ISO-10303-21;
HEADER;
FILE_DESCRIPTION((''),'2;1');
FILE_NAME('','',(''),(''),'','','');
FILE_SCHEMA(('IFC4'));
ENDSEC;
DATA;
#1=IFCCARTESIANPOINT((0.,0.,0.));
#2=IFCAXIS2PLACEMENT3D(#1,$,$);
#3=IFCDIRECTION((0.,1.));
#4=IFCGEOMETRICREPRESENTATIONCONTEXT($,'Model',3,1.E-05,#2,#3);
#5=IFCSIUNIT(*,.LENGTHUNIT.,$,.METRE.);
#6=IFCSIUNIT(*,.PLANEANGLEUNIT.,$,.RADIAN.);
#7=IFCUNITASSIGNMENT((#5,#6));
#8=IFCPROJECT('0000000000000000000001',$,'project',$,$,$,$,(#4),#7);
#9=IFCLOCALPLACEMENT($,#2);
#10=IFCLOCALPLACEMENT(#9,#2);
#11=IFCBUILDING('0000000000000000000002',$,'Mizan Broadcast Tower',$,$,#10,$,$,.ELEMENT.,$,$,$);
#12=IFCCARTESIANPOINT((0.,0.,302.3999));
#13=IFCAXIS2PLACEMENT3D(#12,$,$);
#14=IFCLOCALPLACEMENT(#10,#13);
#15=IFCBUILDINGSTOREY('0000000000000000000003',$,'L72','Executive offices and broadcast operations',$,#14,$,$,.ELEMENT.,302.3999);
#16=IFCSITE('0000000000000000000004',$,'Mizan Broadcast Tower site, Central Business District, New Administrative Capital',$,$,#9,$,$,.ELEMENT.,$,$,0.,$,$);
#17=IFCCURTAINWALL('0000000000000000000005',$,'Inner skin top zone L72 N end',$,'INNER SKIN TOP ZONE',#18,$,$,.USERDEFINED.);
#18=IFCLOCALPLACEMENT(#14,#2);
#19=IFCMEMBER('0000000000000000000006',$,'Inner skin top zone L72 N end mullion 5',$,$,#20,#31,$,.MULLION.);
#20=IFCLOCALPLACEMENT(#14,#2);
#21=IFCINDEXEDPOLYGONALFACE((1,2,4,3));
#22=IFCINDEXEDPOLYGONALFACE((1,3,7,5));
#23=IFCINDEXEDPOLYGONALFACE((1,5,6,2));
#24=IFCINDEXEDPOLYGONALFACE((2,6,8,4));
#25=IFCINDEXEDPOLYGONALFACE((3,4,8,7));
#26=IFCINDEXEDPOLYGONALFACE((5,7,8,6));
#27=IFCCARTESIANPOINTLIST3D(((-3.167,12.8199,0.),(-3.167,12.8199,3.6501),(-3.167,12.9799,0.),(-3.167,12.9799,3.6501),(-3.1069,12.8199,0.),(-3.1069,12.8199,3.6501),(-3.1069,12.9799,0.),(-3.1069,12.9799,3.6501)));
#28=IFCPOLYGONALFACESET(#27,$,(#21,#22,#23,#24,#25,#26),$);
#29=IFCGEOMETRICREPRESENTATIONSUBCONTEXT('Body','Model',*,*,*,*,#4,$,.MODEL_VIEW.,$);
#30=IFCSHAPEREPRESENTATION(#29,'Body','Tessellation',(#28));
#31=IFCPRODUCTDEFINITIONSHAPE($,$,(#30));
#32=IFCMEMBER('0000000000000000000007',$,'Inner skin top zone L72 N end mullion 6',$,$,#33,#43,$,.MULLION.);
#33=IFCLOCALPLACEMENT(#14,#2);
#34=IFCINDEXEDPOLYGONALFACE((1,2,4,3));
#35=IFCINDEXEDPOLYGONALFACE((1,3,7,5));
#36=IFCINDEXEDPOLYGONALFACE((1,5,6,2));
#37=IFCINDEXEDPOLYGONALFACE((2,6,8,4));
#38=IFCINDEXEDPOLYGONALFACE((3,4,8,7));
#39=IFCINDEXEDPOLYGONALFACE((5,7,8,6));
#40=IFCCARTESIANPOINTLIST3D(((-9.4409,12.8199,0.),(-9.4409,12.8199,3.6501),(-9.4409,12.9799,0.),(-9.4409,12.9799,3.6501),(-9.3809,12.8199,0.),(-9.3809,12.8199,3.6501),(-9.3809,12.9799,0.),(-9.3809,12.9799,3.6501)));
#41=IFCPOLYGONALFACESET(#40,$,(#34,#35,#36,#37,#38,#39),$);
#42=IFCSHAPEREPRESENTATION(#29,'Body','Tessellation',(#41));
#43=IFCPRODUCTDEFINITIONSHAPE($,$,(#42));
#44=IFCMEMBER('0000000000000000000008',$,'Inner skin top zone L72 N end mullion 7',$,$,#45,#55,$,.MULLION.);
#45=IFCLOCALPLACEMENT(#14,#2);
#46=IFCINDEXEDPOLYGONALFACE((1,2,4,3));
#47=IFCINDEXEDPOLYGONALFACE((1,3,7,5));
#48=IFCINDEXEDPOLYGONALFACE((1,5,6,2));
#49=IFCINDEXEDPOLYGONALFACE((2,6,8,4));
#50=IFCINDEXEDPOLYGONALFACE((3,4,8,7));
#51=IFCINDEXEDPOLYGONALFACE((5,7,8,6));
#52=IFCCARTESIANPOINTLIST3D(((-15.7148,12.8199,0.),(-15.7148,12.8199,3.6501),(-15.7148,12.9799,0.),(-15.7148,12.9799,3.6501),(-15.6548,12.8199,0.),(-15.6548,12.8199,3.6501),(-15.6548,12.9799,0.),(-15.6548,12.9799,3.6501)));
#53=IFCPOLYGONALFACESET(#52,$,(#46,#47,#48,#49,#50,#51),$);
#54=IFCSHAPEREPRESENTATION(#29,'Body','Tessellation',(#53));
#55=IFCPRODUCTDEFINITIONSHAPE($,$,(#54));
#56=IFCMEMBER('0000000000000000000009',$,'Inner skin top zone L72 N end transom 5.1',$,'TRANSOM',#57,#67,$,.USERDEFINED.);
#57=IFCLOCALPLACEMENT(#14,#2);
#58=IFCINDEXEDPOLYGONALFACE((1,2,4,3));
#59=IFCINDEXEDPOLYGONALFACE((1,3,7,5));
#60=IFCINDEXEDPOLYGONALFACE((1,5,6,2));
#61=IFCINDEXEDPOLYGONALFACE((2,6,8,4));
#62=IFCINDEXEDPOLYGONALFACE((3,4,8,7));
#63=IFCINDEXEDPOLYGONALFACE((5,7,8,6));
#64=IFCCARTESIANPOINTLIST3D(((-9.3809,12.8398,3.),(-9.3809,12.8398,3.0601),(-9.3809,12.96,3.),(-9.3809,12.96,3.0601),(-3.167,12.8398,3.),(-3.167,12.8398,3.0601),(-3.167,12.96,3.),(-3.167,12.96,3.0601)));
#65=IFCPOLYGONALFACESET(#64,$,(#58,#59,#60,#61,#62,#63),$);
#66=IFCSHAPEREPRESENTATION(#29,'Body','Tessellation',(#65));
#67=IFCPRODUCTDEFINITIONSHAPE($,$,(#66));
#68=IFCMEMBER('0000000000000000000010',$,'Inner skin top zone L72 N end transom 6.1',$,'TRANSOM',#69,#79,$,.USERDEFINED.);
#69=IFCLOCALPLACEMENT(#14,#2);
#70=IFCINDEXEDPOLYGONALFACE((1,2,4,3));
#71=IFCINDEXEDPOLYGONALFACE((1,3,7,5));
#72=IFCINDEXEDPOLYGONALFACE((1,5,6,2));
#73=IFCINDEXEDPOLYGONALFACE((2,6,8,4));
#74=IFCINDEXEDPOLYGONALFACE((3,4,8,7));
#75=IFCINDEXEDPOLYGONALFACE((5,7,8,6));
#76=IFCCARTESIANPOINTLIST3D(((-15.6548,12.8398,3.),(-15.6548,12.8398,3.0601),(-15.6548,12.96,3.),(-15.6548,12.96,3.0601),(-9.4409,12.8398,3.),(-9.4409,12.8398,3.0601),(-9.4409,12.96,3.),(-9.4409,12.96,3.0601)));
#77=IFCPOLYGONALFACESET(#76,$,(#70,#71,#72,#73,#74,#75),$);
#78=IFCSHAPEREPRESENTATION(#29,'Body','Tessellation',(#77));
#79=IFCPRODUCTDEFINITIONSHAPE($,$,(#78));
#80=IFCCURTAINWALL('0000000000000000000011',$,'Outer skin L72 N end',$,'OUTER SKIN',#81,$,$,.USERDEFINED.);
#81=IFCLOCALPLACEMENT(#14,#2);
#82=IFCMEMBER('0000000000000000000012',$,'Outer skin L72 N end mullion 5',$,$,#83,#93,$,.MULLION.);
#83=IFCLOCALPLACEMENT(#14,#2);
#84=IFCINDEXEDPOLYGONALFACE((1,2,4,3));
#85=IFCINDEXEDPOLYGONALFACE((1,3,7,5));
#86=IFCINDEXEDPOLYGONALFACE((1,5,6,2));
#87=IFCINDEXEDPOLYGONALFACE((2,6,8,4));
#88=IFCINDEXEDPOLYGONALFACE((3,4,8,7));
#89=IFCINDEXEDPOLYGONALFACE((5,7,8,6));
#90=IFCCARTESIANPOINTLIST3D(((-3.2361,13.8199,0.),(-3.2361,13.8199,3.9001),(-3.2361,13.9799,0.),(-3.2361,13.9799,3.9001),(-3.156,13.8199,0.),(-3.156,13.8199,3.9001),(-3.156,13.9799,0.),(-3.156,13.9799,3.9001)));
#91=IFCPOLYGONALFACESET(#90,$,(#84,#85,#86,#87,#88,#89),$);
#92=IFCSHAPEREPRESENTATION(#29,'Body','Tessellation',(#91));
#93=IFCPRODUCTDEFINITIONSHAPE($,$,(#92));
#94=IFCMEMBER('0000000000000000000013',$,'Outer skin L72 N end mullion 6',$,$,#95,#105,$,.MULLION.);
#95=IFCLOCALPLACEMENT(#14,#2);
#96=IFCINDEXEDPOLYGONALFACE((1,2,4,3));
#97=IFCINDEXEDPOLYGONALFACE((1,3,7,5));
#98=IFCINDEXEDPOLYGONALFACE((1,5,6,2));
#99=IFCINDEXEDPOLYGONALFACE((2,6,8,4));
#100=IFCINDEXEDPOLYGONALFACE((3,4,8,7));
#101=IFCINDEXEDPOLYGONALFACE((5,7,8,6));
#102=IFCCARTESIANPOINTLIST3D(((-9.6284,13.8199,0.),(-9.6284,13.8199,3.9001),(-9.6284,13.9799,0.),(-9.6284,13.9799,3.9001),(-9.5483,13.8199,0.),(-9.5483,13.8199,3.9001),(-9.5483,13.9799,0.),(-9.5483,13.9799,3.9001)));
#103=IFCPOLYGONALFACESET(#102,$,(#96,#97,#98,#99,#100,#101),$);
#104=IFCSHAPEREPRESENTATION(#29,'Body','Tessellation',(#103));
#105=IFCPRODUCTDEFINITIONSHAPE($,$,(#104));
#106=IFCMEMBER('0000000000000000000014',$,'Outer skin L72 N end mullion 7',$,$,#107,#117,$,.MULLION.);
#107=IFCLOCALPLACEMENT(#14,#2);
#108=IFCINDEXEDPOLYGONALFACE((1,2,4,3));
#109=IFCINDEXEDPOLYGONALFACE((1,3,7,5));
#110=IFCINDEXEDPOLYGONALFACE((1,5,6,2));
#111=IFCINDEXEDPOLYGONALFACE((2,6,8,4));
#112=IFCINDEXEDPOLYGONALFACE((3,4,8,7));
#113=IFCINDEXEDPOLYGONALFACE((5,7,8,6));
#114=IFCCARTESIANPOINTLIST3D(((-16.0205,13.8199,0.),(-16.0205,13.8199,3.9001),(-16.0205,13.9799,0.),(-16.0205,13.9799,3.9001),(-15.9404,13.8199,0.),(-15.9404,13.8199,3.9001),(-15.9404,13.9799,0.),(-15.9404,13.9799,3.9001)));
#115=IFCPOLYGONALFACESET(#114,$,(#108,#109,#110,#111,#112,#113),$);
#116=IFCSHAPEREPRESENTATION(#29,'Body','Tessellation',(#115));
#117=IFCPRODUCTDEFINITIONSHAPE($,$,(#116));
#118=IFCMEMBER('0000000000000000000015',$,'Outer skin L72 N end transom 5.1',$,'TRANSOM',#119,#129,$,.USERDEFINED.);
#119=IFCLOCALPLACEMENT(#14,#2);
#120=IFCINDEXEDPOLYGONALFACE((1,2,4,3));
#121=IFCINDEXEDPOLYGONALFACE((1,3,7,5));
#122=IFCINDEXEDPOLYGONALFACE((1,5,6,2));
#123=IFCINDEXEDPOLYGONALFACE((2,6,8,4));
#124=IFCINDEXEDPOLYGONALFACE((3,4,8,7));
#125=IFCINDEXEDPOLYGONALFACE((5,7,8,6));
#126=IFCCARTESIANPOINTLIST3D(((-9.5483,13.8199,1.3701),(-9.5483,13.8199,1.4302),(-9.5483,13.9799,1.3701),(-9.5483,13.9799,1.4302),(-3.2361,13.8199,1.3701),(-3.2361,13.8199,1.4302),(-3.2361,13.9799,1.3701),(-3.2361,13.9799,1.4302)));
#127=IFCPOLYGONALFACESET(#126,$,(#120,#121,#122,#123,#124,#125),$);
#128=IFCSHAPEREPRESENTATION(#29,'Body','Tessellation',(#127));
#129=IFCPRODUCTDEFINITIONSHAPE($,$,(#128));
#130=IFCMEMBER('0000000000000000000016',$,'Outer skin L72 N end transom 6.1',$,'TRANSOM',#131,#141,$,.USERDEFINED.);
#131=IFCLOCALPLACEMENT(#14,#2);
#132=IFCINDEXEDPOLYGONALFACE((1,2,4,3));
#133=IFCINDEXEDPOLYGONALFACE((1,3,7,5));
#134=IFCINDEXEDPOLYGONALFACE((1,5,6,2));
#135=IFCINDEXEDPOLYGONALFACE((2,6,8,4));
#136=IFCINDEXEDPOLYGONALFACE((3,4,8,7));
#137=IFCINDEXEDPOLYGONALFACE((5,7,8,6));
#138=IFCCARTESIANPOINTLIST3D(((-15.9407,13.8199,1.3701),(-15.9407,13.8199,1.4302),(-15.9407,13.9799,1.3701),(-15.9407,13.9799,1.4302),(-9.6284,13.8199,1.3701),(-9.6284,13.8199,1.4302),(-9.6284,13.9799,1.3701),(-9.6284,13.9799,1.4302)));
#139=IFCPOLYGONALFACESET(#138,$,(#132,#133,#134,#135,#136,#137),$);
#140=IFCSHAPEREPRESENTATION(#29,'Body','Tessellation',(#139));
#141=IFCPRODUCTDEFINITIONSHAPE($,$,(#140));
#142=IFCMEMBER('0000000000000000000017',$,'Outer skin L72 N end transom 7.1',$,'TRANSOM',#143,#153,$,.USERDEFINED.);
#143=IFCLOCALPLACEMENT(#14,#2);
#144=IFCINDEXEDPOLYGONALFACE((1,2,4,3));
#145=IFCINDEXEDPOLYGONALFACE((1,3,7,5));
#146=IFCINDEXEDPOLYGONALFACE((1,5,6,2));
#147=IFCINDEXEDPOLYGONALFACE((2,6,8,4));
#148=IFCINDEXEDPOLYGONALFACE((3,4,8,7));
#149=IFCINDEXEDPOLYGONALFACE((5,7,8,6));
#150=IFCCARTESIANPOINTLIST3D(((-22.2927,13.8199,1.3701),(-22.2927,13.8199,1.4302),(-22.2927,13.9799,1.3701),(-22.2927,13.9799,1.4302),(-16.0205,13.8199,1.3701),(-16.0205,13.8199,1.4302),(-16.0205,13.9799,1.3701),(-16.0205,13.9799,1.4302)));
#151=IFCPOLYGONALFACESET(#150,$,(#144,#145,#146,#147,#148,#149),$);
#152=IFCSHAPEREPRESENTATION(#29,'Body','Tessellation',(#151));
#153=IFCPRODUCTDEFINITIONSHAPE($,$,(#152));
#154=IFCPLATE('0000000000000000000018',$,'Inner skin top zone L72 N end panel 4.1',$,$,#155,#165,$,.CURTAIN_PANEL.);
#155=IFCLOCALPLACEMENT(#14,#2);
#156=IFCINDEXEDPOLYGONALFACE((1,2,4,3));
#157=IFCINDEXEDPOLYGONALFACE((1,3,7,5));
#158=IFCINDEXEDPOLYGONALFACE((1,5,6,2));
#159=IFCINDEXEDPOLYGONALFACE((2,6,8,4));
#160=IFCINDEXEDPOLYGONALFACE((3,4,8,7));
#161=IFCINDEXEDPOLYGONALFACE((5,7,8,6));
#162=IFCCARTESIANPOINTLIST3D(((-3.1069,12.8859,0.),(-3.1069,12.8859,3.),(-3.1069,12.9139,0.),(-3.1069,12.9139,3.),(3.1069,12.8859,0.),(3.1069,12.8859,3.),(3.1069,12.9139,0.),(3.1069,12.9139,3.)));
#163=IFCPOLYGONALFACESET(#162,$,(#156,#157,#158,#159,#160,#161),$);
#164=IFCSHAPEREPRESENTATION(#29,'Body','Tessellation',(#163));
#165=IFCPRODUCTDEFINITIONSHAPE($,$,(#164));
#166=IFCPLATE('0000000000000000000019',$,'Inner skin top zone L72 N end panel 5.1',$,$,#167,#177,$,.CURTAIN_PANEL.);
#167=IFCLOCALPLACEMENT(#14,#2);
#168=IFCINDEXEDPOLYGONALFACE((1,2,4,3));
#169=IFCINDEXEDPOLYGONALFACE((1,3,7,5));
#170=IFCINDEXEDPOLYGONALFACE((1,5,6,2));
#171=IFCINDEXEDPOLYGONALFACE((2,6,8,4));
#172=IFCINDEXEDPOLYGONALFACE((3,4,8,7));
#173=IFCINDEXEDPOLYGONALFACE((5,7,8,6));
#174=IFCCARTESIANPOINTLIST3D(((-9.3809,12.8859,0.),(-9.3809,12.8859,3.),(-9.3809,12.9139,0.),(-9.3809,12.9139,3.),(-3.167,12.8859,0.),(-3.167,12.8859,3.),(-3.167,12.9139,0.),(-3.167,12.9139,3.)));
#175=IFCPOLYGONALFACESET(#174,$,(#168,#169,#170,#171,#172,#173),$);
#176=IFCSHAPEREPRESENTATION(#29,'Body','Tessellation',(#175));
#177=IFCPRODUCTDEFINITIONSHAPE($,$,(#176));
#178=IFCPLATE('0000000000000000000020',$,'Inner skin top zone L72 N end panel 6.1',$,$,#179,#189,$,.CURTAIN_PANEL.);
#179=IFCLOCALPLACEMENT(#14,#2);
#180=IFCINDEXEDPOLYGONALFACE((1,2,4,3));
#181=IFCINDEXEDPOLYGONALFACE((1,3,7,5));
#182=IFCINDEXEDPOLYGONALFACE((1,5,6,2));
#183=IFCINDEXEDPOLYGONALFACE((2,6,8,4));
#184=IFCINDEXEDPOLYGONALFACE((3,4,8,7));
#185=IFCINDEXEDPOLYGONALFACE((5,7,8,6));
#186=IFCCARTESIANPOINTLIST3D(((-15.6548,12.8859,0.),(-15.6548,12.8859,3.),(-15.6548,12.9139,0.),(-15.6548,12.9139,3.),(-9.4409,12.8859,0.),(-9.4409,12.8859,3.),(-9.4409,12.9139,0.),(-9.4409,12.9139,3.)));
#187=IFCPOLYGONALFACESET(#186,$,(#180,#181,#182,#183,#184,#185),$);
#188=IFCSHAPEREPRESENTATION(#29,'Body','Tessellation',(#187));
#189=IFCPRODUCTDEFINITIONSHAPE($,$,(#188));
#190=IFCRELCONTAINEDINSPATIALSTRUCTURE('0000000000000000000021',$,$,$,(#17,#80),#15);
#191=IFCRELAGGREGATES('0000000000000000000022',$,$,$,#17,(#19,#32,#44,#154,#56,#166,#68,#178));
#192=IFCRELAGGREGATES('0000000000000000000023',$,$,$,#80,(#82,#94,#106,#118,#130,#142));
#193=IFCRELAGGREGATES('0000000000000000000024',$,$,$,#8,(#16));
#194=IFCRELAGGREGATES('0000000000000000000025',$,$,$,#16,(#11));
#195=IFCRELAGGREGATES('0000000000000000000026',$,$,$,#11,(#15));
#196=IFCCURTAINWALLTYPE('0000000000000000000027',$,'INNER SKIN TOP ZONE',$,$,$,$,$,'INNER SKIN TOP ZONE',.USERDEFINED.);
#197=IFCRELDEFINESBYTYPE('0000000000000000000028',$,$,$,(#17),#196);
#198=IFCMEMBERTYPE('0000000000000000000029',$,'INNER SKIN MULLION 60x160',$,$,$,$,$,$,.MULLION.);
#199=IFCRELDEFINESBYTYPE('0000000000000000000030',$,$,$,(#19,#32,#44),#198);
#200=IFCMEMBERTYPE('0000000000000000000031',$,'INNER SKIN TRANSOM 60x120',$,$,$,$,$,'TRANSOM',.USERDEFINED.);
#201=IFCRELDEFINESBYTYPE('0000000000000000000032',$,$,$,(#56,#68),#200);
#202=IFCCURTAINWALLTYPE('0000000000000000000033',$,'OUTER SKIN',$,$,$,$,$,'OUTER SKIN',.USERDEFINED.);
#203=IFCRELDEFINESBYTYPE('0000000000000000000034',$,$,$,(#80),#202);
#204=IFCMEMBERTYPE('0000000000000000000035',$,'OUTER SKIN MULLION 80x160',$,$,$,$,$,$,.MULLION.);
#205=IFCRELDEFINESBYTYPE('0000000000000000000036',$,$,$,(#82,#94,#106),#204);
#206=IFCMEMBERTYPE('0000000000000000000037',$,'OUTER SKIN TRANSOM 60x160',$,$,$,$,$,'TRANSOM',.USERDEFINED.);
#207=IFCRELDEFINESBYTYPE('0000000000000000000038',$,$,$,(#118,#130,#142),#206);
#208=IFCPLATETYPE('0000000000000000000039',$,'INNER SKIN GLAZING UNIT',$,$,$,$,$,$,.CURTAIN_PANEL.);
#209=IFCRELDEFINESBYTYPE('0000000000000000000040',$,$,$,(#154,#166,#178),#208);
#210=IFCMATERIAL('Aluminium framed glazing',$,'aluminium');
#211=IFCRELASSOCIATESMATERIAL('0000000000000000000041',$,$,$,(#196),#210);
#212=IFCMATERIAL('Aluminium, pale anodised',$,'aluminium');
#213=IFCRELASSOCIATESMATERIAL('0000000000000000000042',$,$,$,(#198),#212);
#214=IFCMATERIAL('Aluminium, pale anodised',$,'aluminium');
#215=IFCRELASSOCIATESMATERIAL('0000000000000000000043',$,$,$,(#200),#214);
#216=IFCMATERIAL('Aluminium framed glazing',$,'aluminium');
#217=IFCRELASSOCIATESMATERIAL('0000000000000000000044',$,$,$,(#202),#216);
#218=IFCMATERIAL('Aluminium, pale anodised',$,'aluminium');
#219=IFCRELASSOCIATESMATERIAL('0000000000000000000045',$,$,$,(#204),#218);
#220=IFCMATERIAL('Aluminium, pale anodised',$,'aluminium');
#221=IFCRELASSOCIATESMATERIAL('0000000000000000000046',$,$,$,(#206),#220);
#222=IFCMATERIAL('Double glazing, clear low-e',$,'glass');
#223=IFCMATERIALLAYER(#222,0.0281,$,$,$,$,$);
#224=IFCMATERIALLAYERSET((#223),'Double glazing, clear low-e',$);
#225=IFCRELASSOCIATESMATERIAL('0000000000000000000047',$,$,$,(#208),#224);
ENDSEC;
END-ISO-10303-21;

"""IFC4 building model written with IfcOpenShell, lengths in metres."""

from ifc_helpers import new_model, si_unit, direction, frame, origin, origin_2d, place, context, subcontext, project, spatial, rectangle, extrude, material, layer, layer_set, material_profile, profile_set, type_object, element, aggregate, save


model = new_model("IFC4")

# Units and contexts
model_context = context("Model", 3, precision=1e-05, world=origin(), true_north=direction((0.0, 1.0)))
body_context = subcontext(model_context, "Body", "Model", "MODEL_VIEW")
ifc_project = project(units=[si_unit("LENGTHUNIT", "METRE"), si_unit("PLANEANGLEUNIT", "RADIAN")], contexts=[model_context])

# Site, building, storey
site_placement = place(None, origin())
site = spatial("IfcSite", under=ifc_project, at=site_placement, Name="Mizan Broadcast Tower site, Central Business District, New Administrative Capital", CompositionType="ELEMENT", RefElevation=0.0)
building_placement = place(site_placement, origin())
building = spatial("IfcBuilding", under=site, at=building_placement, Name="Mizan Broadcast Tower", CompositionType="ELEMENT")
storey_placement = place(building_placement, frame((0.0, 0.0, 302.3999)))
storey = spatial("IfcBuildingStorey", under=building, at=storey_placement, Name="L72", Description="Executive offices and broadcast operations", CompositionType="ELEMENT", Elevation=302.3999)

# Curtain walls, members
ifc_material_1 = material(Name="Aluminium framed glazing", Category="aluminium")
curtain_wall_type_1 = type_object("IfcCurtainWallType", Name="INNER SKIN TOP ZONE", ElementType="INNER SKIN TOP ZONE", PredefinedType="USERDEFINED", material=ifc_material_1)
curtain_wall_1_placement = place(storey_placement, origin())
curtain_wall_1 = element("IfcCurtainWall", 1, at=curtain_wall_1_placement, inside=storey, type_object=curtain_wall_type_1, Name="Inner skin top zone L72 N end", ObjectType="INNER SKIN TOP ZONE", PredefinedType="USERDEFINED")
ifc_material_2 = material(Name="Aluminium, pale anodised", Category="aluminium")
ifc_material_profile_1 = material_profile(ifc_material_2, rectangle(XDim=0.1599, YDim=0.0601, at=origin_2d()), Name="MULLION 160x60")
ifc_profile_set_1 = profile_set([ifc_material_profile_1], Name="Aluminium, pale anodised")
member_type_1 = type_object("IfcMemberType", Name="INNER SKIN MULLION 60x160", PredefinedType="MULLION", material=ifc_profile_set_1)
member_1_placement = place(storey_placement, frame((-3.137, 12.8999, 0.0), z_axis=(0.0, 0.0, 1.0), x_axis=(0.0, -1.0, 0.0)))
member_1 = element("IfcMember", 2, at=member_1_placement, type_object=member_type_1, Name="Inner skin top zone L72 N end mullion 5", PredefinedType="MULLION", context=body_context, shape_type="SweptSolid", body=[
    extrude(rectangle(XDim=0.1599, YDim=0.0601, at=origin_2d()), origin(), (0.0, 0.0, 1.0), 3.6501),
])
member_2_placement = place(storey_placement, frame((-9.4109, 12.8999, 0.0), z_axis=(0.0, 0.0, 1.0), x_axis=(0.0, -1.0, 0.0)))
member_2 = element("IfcMember", 3, at=member_2_placement, type_object=member_type_1, Name="Inner skin top zone L72 N end mullion 6", PredefinedType="MULLION", context=body_context, shape_type="SweptSolid", body=[
    extrude(rectangle(XDim=0.1599, YDim=0.0601, at=origin_2d()), origin(), (0.0, 0.0, 1.0), 3.6501),
])
member_3_placement = place(storey_placement, frame((-15.6848, 12.8999, 0.0), z_axis=(0.0, 0.0, 1.0), x_axis=(0.0, -1.0, 0.0)))
member_3 = element("IfcMember", 4, at=member_3_placement, type_object=member_type_1, Name="Inner skin top zone L72 N end mullion 7", PredefinedType="MULLION", context=body_context, shape_type="SweptSolid", body=[
    extrude(rectangle(XDim=0.1599, YDim=0.0601, at=origin_2d()), origin(), (0.0, 0.0, 1.0), 3.6501),
])
ifc_material_3 = material(Name="Aluminium, pale anodised", Category="aluminium")
ifc_material_profile_2 = material_profile(ifc_material_3, rectangle(XDim=0.1201, YDim=0.0601, at=origin_2d()), Name="TRANSOM 120x60")
ifc_profile_set_2 = profile_set([ifc_material_profile_2], Name="Aluminium, pale anodised")
member_type_2 = type_object("IfcMemberType", Name="INNER SKIN TRANSOM 60x120", ElementType="TRANSOM", PredefinedType="USERDEFINED", material=ifc_profile_set_2)
member_4_placement = place(storey_placement, frame((-3.167, 12.8999, 3.03), z_axis=(-1.0, 0.0, 0.0), x_axis=(0.0, -1.0, 0.0)))
member_4 = element("IfcMember", 5, at=member_4_placement, type_object=member_type_2, Name="Inner skin top zone L72 N end transom 5.1", ObjectType="TRANSOM", PredefinedType="USERDEFINED", context=body_context, shape_type="SweptSolid", body=[
    extrude(rectangle(XDim=0.1201, YDim=0.0601, at=origin_2d()), origin(), (0.0, 0.0, 1.0), 6.2139),
])
member_5_placement = place(storey_placement, frame((-9.4409, 12.8999, 3.03), z_axis=(-1.0, 0.0, 0.0), x_axis=(0.0, -1.0, 0.0)))
member_5 = element("IfcMember", 6, at=member_5_placement, type_object=member_type_2, Name="Inner skin top zone L72 N end transom 6.1", ObjectType="TRANSOM", PredefinedType="USERDEFINED", context=body_context, shape_type="SweptSolid", body=[
    extrude(rectangle(XDim=0.1201, YDim=0.0601, at=origin_2d()), origin(), (0.0, 0.0, 1.0), 6.2139),
])
ifc_material_4 = material(Name="Aluminium framed glazing", Category="aluminium")
curtain_wall_type_2 = type_object("IfcCurtainWallType", Name="OUTER SKIN", ElementType="OUTER SKIN", PredefinedType="USERDEFINED", material=ifc_material_4)
curtain_wall_2_placement = place(storey_placement, origin())
curtain_wall_2 = element("IfcCurtainWall", 7, at=curtain_wall_2_placement, inside=storey, type_object=curtain_wall_type_2, Name="Outer skin L72 N end", ObjectType="OUTER SKIN", PredefinedType="USERDEFINED")
ifc_material_5 = material(Name="Aluminium, pale anodised", Category="aluminium")
ifc_material_profile_3 = material_profile(ifc_material_5, rectangle(XDim=0.1599, YDim=0.0801, at=origin_2d()), Name="MULLION 160x80")
ifc_profile_set_3 = profile_set([ifc_material_profile_3], Name="Aluminium, pale anodised")
member_type_3 = type_object("IfcMemberType", Name="OUTER SKIN MULLION 80x160", PredefinedType="MULLION", material=ifc_profile_set_3)
member_6_placement = place(storey_placement, frame((-3.196, 13.8999, 0.0), z_axis=(0.0, 0.0, 1.0), x_axis=(0.0, -1.0, 0.0)))
member_6 = element("IfcMember", 8, at=member_6_placement, type_object=member_type_3, Name="Outer skin L72 N end mullion 5", PredefinedType="MULLION", context=body_context, shape_type="SweptSolid", body=[
    extrude(rectangle(XDim=0.1599, YDim=0.0801, at=origin_2d()), origin(), (0.0, 0.0, 1.0), 3.9001),
])
member_7_placement = place(storey_placement, frame((-9.5884, 13.8999, 0.0), z_axis=(0.0, 0.0, 1.0), x_axis=(0.0, -1.0, 0.0)))
member_7 = element("IfcMember", 9, at=member_7_placement, type_object=member_type_3, Name="Outer skin L72 N end mullion 6", PredefinedType="MULLION", context=body_context, shape_type="SweptSolid", body=[
    extrude(rectangle(XDim=0.1599, YDim=0.0801, at=origin_2d()), origin(), (0.0, 0.0, 1.0), 3.9001),
])
member_8_placement = place(storey_placement, frame((-15.9805, 13.8999, 0.0), z_axis=(0.0, 0.0, 1.0), x_axis=(0.0, -1.0, 0.0)))
member_8 = element("IfcMember", 10, at=member_8_placement, type_object=member_type_3, Name="Outer skin L72 N end mullion 7", PredefinedType="MULLION", context=body_context, shape_type="SweptSolid", body=[
    extrude(rectangle(XDim=0.1599, YDim=0.0801, at=origin_2d()), origin(), (0.0, 0.0, 1.0), 3.9001),
])
ifc_material_6 = material(Name="Aluminium, pale anodised", Category="aluminium")
ifc_material_profile_4 = material_profile(ifc_material_6, rectangle(XDim=0.1599, YDim=0.0601, at=origin_2d()), Name="TRANSOM 160x60")
ifc_profile_set_4 = profile_set([ifc_material_profile_4], Name="Aluminium, pale anodised")
member_type_4 = type_object("IfcMemberType", Name="OUTER SKIN TRANSOM 60x160", ElementType="TRANSOM", PredefinedType="USERDEFINED", material=ifc_profile_set_4)
member_9_placement = place(storey_placement, frame((-3.2361, 13.8999, 1.4001), z_axis=(-1.0, 0.0, 0.0), x_axis=(0.0, -1.0, 0.0)))
member_9 = element("IfcMember", 11, at=member_9_placement, type_object=member_type_4, Name="Outer skin L72 N end transom 5.1", ObjectType="TRANSOM", PredefinedType="USERDEFINED", context=body_context, shape_type="SweptSolid", body=[
    extrude(rectangle(XDim=0.1599, YDim=0.0601, at=origin_2d()), origin(), (0.0, 0.0, 1.0), 6.3123),
])
member_10_placement = place(storey_placement, frame((-9.6284, 13.8999, 1.4001), z_axis=(-1.0, 0.0, 0.0), x_axis=(0.0, -1.0, 0.0)))
member_10 = element("IfcMember", 12, at=member_10_placement, type_object=member_type_4, Name="Outer skin L72 N end transom 6.1", ObjectType="TRANSOM", PredefinedType="USERDEFINED", context=body_context, shape_type="SweptSolid", body=[
    extrude(rectangle(XDim=0.1599, YDim=0.0601, at=origin_2d()), origin(), (0.0, 0.0, 1.0), 6.3123),
])
member_11_placement = place(storey_placement, frame((-16.0205, 13.8999, 1.4001), z_axis=(-1.0, 0.0, 0.0), x_axis=(0.0, -1.0, 0.0)))
member_11 = element("IfcMember", 13, at=member_11_placement, type_object=member_type_4, Name="Outer skin L72 N end transom 7.1", ObjectType="TRANSOM", PredefinedType="USERDEFINED", context=body_context, shape_type="SweptSolid", body=[
    extrude(rectangle(XDim=0.1599, YDim=0.0601, at=origin_2d()), origin(), (0.0, 0.0, 1.0), 6.2722),
])

# Plates
ifc_material_7 = material(Name="Double glazing, clear low-e", Category="glass")
ifc_layer_1 = layer(ifc_material_7, 0.0281)
ifc_layer_set_1 = layer_set([ifc_layer_1], Name="Double glazing, clear low-e")
plate_type_1 = type_object("IfcPlateType", Name="INNER SKIN GLAZING UNIT", PredefinedType="CURTAIN_PANEL", material=ifc_layer_set_1)
plate_1_placement = place(storey_placement, frame((0.0, 12.8999, 0.0), z_axis=(0.0, 0.0, 1.0), x_axis=(-1.0, 0.0, 0.0)))
plate_1 = element("IfcPlate", 14, at=plate_1_placement, type_object=plate_type_1, Name="Inner skin top zone L72 N end panel 4.1", PredefinedType="CURTAIN_PANEL", context=body_context, shape_type="SweptSolid", body=[
    extrude(rectangle(XDim=6.2139, YDim=0.0281, at=origin_2d()), origin(), (0.0, 0.0, 1.0), 3.0),
])
plate_2_placement = place(storey_placement, frame((-6.2739, 12.8999, 0.0), z_axis=(0.0, 0.0, 1.0), x_axis=(-1.0, 0.0, 0.0)))
plate_2 = element("IfcPlate", 15, at=plate_2_placement, type_object=plate_type_1, Name="Inner skin top zone L72 N end panel 5.1", PredefinedType="CURTAIN_PANEL", context=body_context, shape_type="SweptSolid", body=[
    extrude(rectangle(XDim=6.2139, YDim=0.0281, at=origin_2d()), origin(), (0.0, 0.0, 1.0), 3.0),
])
plate_3_placement = place(storey_placement, frame((-12.5479, 12.8999, 0.0), z_axis=(0.0, 0.0, 1.0), x_axis=(-1.0, 0.0, 0.0)))
plate_3 = element("IfcPlate", 16, at=plate_3_placement, type_object=plate_type_1, Name="Inner skin top zone L72 N end panel 6.1", PredefinedType="CURTAIN_PANEL", context=body_context, shape_type="SweptSolid", body=[
    extrude(rectangle(XDim=6.2139, YDim=0.0281, at=origin_2d()), origin(), (0.0, 0.0, 1.0), 3.0),
])
aggregate(curtain_wall_1, [member_1, member_2, member_3, plate_1, member_4, plate_2, member_5, plate_3])
aggregate(curtain_wall_2, [member_6, member_7, member_8, member_9, member_10, member_11])

save(model, "model.ifc")
